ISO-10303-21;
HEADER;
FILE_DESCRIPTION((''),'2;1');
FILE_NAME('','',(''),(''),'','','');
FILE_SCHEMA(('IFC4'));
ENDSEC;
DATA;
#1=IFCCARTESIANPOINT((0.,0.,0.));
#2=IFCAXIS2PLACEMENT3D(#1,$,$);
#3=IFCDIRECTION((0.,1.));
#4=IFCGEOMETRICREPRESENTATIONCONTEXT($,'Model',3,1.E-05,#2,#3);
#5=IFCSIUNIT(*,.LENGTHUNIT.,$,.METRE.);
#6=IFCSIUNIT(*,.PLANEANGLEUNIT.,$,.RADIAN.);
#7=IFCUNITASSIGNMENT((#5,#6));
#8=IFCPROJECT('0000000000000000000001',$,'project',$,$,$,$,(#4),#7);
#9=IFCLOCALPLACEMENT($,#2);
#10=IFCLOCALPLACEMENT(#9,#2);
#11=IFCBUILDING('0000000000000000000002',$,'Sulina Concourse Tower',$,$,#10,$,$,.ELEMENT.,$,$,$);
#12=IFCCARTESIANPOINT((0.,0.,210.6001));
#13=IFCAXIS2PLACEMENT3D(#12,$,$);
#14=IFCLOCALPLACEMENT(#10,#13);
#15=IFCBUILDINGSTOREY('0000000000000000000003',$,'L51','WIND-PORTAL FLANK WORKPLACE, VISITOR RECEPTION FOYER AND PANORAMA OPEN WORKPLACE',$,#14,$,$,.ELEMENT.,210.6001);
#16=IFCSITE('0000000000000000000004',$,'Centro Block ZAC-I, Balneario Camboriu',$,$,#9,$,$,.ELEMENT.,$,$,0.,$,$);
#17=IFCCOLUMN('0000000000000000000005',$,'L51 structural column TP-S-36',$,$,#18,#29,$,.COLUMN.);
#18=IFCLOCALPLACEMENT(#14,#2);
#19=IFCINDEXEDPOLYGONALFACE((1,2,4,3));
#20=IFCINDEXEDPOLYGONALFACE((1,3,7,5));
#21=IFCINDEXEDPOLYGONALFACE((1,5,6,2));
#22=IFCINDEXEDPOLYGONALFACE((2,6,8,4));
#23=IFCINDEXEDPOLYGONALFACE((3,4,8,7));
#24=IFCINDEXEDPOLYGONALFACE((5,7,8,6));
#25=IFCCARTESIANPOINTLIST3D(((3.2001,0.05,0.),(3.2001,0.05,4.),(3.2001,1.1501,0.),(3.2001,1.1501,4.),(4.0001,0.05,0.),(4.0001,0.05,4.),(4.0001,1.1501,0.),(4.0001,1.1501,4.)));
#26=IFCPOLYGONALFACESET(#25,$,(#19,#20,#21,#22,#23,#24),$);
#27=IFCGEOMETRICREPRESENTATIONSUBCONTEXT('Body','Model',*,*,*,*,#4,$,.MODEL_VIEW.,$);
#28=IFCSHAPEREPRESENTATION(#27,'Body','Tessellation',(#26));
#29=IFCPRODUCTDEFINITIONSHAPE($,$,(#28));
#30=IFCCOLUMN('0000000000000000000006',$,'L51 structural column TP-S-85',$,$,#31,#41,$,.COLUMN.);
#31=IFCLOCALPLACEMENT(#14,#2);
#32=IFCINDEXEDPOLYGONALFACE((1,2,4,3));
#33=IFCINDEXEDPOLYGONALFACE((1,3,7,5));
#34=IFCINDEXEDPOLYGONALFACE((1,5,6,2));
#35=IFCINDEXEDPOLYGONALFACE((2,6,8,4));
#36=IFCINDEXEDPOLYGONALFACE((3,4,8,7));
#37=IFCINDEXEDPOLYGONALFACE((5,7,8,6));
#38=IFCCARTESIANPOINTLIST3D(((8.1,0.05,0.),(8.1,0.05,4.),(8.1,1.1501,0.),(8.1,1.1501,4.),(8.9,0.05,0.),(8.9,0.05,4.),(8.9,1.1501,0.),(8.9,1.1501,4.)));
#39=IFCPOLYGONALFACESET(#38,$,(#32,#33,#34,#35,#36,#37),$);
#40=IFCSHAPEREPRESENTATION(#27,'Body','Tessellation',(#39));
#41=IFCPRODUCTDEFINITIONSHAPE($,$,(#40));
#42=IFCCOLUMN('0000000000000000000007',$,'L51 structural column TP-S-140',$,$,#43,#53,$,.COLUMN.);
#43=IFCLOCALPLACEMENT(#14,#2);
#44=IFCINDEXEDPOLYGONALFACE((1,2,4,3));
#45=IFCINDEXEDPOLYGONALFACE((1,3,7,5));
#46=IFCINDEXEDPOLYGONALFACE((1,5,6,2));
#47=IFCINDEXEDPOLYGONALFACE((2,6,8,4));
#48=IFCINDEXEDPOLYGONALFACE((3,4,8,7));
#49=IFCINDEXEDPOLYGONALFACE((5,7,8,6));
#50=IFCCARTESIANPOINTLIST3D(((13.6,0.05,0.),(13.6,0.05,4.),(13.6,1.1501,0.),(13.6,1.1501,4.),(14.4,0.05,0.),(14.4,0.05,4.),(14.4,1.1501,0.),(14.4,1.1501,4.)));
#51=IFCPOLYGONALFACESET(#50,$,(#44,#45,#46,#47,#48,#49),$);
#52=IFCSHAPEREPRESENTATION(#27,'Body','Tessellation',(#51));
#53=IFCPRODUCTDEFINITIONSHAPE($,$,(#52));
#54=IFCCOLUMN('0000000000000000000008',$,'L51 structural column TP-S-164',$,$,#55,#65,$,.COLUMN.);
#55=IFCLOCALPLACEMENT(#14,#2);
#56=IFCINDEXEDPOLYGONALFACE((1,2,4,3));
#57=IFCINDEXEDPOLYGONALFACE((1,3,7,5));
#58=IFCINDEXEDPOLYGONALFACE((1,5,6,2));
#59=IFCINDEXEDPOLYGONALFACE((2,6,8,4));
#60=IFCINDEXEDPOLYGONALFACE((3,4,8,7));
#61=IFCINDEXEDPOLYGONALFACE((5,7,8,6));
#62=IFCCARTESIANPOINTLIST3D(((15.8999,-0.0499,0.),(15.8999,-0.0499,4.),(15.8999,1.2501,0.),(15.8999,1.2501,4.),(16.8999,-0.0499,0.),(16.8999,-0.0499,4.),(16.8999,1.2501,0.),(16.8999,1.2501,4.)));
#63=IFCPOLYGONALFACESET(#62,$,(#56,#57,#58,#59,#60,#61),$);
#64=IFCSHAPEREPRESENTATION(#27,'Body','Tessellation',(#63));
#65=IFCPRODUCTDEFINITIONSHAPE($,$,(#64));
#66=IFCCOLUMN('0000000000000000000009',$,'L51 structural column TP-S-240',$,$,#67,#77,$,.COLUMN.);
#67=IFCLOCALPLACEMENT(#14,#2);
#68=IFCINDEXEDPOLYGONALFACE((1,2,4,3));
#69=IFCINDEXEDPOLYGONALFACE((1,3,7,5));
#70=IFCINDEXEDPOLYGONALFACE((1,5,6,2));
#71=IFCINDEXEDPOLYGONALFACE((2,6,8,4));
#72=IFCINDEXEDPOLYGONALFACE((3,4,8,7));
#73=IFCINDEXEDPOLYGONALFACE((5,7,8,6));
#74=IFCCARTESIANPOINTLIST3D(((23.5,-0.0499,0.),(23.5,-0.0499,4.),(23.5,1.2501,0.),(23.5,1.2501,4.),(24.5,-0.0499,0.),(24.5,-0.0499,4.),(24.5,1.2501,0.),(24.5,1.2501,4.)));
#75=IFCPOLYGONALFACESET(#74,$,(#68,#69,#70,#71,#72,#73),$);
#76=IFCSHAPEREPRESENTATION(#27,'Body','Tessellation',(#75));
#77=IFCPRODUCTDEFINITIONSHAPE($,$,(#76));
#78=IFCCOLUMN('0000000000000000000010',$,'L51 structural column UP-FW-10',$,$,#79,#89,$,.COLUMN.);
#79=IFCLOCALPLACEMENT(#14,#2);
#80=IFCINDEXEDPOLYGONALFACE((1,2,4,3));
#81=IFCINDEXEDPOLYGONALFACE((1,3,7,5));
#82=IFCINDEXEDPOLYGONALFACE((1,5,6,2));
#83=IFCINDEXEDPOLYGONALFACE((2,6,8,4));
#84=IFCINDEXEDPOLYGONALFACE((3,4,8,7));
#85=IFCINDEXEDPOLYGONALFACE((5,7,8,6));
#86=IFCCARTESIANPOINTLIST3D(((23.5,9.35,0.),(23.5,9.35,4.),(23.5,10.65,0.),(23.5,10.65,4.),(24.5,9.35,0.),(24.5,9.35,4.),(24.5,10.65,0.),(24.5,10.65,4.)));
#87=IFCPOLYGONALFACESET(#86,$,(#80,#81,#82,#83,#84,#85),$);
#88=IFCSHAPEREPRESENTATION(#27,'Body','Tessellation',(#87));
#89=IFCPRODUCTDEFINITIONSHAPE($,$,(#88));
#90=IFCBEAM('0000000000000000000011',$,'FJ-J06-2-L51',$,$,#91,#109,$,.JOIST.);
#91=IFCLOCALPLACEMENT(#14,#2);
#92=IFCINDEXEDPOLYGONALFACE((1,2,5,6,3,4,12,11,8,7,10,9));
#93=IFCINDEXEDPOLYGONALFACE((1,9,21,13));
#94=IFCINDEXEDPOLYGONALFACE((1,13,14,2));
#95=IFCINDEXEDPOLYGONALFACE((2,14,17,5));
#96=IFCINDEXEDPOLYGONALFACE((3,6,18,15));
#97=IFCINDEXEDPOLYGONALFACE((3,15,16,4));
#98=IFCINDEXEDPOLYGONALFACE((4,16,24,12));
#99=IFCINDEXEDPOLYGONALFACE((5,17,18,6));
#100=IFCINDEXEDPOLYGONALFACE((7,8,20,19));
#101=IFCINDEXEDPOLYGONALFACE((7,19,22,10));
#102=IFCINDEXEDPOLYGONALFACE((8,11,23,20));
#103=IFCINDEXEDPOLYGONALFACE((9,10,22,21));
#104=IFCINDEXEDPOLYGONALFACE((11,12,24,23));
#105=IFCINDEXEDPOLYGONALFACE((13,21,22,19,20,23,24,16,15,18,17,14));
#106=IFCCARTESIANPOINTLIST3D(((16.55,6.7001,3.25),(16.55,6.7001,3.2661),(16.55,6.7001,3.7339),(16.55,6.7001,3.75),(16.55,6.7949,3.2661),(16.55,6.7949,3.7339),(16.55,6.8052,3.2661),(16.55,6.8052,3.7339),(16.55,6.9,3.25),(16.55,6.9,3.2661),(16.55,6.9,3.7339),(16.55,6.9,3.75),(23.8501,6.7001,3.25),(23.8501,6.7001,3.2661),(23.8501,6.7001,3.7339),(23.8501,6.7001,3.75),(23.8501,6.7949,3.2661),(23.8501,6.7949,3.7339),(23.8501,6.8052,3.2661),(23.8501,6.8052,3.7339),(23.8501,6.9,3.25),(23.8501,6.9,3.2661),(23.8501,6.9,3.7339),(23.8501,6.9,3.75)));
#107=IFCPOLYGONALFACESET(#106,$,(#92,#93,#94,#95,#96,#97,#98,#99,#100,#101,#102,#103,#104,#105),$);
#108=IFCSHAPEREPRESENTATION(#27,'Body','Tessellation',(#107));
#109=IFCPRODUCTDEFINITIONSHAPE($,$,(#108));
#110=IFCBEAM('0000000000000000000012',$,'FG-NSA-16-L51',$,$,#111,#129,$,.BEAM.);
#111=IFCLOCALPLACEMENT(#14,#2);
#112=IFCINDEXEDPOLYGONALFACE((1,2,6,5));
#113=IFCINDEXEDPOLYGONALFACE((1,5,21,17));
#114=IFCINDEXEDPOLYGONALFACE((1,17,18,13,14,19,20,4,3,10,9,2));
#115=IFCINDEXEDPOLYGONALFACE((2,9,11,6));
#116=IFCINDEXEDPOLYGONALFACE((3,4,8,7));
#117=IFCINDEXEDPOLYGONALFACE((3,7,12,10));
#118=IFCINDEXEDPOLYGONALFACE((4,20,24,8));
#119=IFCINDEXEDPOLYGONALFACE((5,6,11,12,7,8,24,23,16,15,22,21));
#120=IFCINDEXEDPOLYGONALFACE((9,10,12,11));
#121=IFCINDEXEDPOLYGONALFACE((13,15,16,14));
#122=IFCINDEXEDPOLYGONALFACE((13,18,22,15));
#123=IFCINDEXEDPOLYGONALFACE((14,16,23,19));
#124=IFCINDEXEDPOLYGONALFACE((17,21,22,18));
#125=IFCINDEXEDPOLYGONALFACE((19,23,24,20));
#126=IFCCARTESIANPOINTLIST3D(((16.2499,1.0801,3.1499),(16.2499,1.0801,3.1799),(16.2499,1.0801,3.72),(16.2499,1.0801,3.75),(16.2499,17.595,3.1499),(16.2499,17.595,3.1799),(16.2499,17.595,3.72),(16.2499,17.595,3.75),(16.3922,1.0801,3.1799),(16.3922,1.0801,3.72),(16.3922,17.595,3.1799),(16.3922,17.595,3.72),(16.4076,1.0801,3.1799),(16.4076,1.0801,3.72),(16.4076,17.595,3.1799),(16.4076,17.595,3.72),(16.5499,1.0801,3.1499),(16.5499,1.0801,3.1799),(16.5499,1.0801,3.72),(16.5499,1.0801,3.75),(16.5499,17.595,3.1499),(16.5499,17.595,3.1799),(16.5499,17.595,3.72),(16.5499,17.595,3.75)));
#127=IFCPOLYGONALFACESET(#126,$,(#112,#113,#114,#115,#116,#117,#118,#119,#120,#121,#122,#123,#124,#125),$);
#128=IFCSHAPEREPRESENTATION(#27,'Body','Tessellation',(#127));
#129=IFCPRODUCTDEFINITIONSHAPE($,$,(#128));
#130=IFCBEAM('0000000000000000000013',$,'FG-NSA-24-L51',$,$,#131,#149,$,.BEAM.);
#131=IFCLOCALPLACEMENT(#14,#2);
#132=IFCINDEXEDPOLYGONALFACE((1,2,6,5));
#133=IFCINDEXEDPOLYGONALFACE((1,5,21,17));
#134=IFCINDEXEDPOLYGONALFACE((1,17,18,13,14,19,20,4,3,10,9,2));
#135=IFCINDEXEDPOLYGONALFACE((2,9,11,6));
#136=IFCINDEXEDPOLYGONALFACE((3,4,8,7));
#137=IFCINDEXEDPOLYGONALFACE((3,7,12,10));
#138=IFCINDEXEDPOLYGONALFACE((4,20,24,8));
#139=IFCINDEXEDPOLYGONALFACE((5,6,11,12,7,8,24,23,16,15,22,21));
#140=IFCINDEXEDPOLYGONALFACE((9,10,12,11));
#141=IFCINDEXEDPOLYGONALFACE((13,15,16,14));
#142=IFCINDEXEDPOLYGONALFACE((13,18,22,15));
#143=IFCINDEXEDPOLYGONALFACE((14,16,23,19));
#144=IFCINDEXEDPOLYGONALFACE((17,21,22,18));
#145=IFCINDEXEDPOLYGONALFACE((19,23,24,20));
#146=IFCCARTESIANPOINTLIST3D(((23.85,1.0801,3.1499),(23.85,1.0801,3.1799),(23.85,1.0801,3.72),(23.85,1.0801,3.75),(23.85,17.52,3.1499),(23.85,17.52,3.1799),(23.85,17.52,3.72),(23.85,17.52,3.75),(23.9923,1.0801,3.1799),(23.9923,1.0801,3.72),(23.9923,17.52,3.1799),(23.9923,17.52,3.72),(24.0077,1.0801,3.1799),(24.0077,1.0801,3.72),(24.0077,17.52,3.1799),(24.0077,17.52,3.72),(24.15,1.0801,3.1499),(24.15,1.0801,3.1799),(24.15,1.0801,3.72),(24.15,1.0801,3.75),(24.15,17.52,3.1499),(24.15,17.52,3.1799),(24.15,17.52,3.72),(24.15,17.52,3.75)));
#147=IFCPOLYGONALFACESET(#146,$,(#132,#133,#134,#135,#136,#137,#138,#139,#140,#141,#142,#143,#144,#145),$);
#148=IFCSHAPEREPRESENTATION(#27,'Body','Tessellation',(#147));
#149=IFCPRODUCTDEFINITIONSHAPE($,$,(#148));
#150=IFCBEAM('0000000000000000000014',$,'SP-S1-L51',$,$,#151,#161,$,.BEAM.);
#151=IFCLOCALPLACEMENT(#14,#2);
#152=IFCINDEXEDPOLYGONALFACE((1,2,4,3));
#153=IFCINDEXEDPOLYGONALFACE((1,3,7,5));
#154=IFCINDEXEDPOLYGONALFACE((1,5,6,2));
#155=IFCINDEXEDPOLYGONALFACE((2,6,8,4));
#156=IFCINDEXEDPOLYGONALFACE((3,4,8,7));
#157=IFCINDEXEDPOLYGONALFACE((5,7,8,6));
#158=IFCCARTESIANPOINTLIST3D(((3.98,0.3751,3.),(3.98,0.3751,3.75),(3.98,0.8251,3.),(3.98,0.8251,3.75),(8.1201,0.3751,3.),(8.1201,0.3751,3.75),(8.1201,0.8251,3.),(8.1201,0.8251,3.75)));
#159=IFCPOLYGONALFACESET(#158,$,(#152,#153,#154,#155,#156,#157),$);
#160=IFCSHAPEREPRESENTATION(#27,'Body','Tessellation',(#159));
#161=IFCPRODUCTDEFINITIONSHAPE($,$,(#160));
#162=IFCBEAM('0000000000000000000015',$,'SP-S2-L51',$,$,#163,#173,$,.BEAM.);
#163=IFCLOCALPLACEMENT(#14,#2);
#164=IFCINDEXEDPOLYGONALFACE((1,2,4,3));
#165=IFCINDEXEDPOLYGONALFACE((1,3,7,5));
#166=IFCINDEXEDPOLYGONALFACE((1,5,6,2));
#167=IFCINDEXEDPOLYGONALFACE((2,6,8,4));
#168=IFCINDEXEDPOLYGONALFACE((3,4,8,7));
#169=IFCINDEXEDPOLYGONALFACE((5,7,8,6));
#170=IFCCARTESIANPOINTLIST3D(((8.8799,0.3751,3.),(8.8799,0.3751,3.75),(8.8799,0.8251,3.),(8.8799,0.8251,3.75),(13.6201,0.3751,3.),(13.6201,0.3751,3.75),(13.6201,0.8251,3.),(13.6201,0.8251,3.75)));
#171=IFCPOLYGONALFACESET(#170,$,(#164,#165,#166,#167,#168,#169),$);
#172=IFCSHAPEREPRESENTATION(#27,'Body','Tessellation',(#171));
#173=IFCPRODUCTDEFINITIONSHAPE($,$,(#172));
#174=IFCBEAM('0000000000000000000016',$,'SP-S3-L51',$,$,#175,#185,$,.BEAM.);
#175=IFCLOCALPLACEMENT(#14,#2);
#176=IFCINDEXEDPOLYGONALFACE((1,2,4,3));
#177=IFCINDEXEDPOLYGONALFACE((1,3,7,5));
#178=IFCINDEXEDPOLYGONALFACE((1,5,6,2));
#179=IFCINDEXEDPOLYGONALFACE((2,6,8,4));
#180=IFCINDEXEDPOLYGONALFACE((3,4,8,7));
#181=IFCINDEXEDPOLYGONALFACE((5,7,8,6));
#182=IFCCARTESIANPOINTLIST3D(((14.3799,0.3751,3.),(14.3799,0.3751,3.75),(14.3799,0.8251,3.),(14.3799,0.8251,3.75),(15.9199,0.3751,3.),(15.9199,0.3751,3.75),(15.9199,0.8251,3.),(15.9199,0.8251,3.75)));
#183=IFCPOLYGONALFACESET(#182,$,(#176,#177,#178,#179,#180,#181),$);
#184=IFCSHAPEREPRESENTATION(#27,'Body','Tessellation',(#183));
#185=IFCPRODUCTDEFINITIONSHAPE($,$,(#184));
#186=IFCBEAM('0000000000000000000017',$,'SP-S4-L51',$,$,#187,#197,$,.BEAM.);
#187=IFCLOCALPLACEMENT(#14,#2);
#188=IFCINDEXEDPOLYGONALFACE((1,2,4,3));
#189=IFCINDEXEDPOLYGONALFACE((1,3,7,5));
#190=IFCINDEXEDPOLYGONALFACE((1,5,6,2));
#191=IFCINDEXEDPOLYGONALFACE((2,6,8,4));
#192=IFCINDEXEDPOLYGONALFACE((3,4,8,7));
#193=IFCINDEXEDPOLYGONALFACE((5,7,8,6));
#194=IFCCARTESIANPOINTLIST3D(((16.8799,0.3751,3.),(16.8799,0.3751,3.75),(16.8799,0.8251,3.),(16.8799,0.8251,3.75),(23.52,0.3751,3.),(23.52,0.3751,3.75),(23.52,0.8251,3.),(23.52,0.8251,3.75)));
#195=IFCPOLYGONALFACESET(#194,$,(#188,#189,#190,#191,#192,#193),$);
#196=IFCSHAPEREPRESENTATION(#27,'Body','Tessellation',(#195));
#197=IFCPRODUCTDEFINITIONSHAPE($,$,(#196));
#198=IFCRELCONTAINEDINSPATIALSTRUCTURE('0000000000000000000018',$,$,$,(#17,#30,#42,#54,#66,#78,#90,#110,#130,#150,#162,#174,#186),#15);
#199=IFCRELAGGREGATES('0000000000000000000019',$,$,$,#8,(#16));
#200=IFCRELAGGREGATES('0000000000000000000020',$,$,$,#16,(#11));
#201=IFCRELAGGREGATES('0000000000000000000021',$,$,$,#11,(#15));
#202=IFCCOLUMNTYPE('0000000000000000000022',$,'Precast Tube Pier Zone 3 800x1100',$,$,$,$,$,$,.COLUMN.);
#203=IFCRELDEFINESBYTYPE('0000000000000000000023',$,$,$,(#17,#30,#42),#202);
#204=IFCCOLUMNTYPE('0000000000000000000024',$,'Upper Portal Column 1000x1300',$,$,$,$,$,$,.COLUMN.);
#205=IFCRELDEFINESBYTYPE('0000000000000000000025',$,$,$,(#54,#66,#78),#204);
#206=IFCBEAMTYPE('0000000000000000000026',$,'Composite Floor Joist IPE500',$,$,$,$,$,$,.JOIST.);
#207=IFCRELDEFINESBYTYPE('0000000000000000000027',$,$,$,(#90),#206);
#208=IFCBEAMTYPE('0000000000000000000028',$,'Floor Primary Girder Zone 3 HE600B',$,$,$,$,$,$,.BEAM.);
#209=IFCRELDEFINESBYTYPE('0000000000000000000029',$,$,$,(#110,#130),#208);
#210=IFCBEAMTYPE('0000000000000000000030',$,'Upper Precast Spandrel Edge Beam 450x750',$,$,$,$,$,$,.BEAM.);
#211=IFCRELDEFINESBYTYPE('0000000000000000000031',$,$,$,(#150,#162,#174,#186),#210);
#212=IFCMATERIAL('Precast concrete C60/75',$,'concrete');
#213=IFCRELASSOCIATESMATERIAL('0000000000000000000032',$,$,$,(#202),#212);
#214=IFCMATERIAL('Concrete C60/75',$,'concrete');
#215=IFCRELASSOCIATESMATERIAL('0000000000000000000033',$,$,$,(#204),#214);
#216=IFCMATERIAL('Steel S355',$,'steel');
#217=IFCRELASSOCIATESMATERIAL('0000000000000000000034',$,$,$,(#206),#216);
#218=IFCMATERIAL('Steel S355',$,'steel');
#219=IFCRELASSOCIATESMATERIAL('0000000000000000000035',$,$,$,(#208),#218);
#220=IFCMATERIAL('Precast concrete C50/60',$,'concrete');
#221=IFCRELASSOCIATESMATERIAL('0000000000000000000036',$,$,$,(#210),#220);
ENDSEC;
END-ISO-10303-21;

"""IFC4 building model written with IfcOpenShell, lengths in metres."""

from ifc_helpers import new_model, si_unit, direction, frame, origin, origin_2d, place, context, subcontext, project, spatial, rectangle, i_section, extrude, material, material_profile, profile_set, type_object, element, save


model = new_model("IFC4")

# Units and contexts
model_context = context("Model", 3, precision=1e-05, world=origin(), true_north=direction((0.0, 1.0)))
body_context = subcontext(model_context, "Body", "Model", "MODEL_VIEW")
ifc_project = project(units=[si_unit("LENGTHUNIT", "METRE"), si_unit("PLANEANGLEUNIT", "RADIAN")], contexts=[model_context])

# Site, building, storey
site_placement = place(None, origin())
site = spatial("IfcSite", under=ifc_project, at=site_placement, Name="Centro Block ZAC-I, Balneario Camboriu", CompositionType="ELEMENT", RefElevation=0.0)
building_placement = place(site_placement, origin())
building = spatial("IfcBuilding", under=site, at=building_placement, Name="Sulina Concourse Tower", CompositionType="ELEMENT")
storey_placement = place(building_placement, frame((0.0, 0.0, 210.6001)))
storey = spatial("IfcBuildingStorey", under=building, at=storey_placement, Name="L51", Description="WIND-PORTAL FLANK WORKPLACE, VISITOR RECEPTION FOYER AND PANORAMA OPEN WORKPLACE", CompositionType="ELEMENT", Elevation=210.6001)

# Columns
ifc_material_1 = material(Name="Precast concrete C60/75", Category="concrete")
ifc_material_profile_1 = material_profile(ifc_material_1, rectangle(XDim=0.8, YDim=1.1001, at=origin_2d()), Name="PC 800x1100")
ifc_profile_set_1 = profile_set([ifc_material_profile_1], Name="Precast concrete C60/75")
column_type_1 = type_object("IfcColumnType", Name="Precast Tube Pier Zone 3 800x1100", PredefinedType="COLUMN", material=ifc_profile_set_1)
for number, where, z_axis, x_axis, name in (
    (1, (3.6001, 0.6001, 0.0), (0.0, 0.0, 1.0), (1.0, 0.0, 0.0), "L51 structural column TP-S-36"),
    (2, (8.5, 0.6001, 0.0), (0.0, 0.0, 1.0), (1.0, 0.0, 0.0), "L51 structural column TP-S-85"),
    (3, (14.0, 0.6001, 0.0), (0.0, 0.0, 1.0), (1.0, 0.0, 0.0), "L51 structural column TP-S-140"),
):
    element("IfcColumn", number, at=place(storey_placement, frame(where, z_axis=z_axis, x_axis=x_axis)), inside=storey, type_object=column_type_1, Name=name, PredefinedType="COLUMN", context=body_context, shape_type="SweptSolid", body=[
        extrude(rectangle(XDim=0.8, YDim=1.1001, at=origin_2d()), origin(), (0.0, 0.0, 1.0), 4.0),
    ])
ifc_material_2 = material(Name="Concrete C60/75", Category="concrete")
ifc_material_profile_2 = material_profile(ifc_material_2, rectangle(XDim=1.0, YDim=1.3, at=origin_2d()), Name="RC 1000x1300")
ifc_profile_set_2 = profile_set([ifc_material_profile_2], Name="Concrete C60/75")
column_type_2 = type_object("IfcColumnType", Name="Upper Portal Column 1000x1300", PredefinedType="COLUMN", material=ifc_profile_set_2)
for number, where, z_axis, x_axis, name in (
    (4, (16.3999, 0.6001, 0.0), (0.0, 0.0, 1.0), (1.0, 0.0, 0.0), "L51 structural column TP-S-164"),
    (5, (24.0, 0.6001, 0.0), (0.0, 0.0, 1.0), (1.0, 0.0, 0.0), "L51 structural column TP-S-240"),
    (6, (24.0, 10.0, 0.0), (0.0, 0.0, 1.0), (1.0, 0.0, 0.0), "L51 structural column UP-FW-10"),
):
    element("IfcColumn", number, at=place(storey_placement, frame(where, z_axis=z_axis, x_axis=x_axis)), inside=storey, type_object=column_type_2, Name=name, PredefinedType="COLUMN", context=body_context, shape_type="SweptSolid", body=[
        extrude(rectangle(XDim=1.0, YDim=1.3, at=origin_2d()), origin(), (0.0, 0.0, 1.0), 4.0),
    ])

# Beams
ifc_material_3 = material(Name="Steel S355", Category="steel")
ifc_material_profile_3 = material_profile(ifc_material_3, i_section(OverallWidth=0.2, OverallDepth=0.5, WebThickness=0.0103, FlangeThickness=0.0161, at=origin_2d()), Name="IPE 500")
ifc_profile_set_3 = profile_set([ifc_material_profile_3], Name="Steel S355")
beam_type_1 = type_object("IfcBeamType", Name="Composite Floor Joist IPE500", PredefinedType="JOIST", material=ifc_profile_set_3)
beam_1_placement = place(storey_placement, frame((16.55, 6.8, 3.5), z_axis=(1.0, 0.0, 0.0), x_axis=(0.0, 1.0, 0.0)))
element("IfcBeam", 7, at=beam_1_placement, inside=storey, type_object=beam_type_1, Name="FJ-J06-2-L51", PredefinedType="JOIST", context=body_context, shape_type="SweptSolid", body=[
    extrude(i_section(OverallWidth=0.2, OverallDepth=0.5, WebThickness=0.0103, FlangeThickness=0.0161, at=origin_2d()), origin(), (0.0, 0.0, 1.0), 7.3),
])
ifc_material_4 = material(Name="Steel S355", Category="steel")
ifc_material_profile_4 = material_profile(ifc_material_4, i_section(OverallWidth=0.3, OverallDepth=0.6001, WebThickness=0.0154, FlangeThickness=0.03, at=origin_2d()), Name="HE 600 B")
ifc_profile_set_4 = profile_set([ifc_material_profile_4], Name="Steel S355")
beam_type_2 = type_object("IfcBeamType", Name="Floor Primary Girder Zone 3 HE600B", PredefinedType="BEAM", material=ifc_profile_set_4)
beam_2_placement = place(storey_placement, frame((16.3999, 1.0801, 3.45), z_axis=(0.0, 1.0, 0.0), x_axis=(-1.0, 0.0, 0.0)))
element("IfcBeam", 8, at=beam_2_placement, inside=storey, type_object=beam_type_2, Name="FG-NSA-16-L51", PredefinedType="BEAM", context=body_context, shape_type="SweptSolid", body=[
    extrude(i_section(OverallWidth=0.3, OverallDepth=0.6001, WebThickness=0.0154, FlangeThickness=0.03, at=origin_2d()), origin(), (0.0, 0.0, 1.0), 16.5149),
])
beam_3_placement = place(storey_placement, frame((24.0, 1.0801, 3.45), z_axis=(0.0, 1.0, 0.0), x_axis=(-1.0, 0.0, 0.0)))
element("IfcBeam", 9, at=beam_3_placement, inside=storey, type_object=beam_type_2, Name="FG-NSA-24-L51", PredefinedType="BEAM", context=body_context, shape_type="SweptSolid", body=[
    extrude(i_section(OverallWidth=0.3, OverallDepth=0.6001, WebThickness=0.0154, FlangeThickness=0.03, at=origin_2d()), origin(), (0.0, 0.0, 1.0), 16.4399),
])
ifc_material_5 = material(Name="Precast concrete C50/60", Category="concrete")
ifc_material_profile_5 = material_profile(ifc_material_5, rectangle(XDim=0.45, YDim=0.75, at=origin_2d()), Name="RC 450x750")
ifc_profile_set_5 = profile_set([ifc_material_profile_5], Name="Precast concrete C50/60")
beam_type_3 = type_object("IfcBeamType", Name="Upper Precast Spandrel Edge Beam 450x750", PredefinedType="BEAM", material=ifc_profile_set_5)
beam_4_placement = place(storey_placement, frame((3.98, 0.6001, 3.375), z_axis=(1.0, 0.0, 0.0), x_axis=(0.0, 1.0, 0.0)))
element("IfcBeam", 10, at=beam_4_placement, inside=storey, type_object=beam_type_3, Name="SP-S1-L51", PredefinedType="BEAM", context=body_context, shape_type="SweptSolid", body=[
    extrude(rectangle(XDim=0.45, YDim=0.75, at=origin_2d()), origin(), (0.0, 0.0, 1.0), 4.1401),
])
beam_5_placement = place(storey_placement, frame((8.8799, 0.6001, 3.375), z_axis=(1.0, 0.0, 0.0), x_axis=(0.0, 1.0, 0.0)))
element("IfcBeam", 11, at=beam_5_placement, inside=storey, type_object=beam_type_3, Name="SP-S2-L51", PredefinedType="BEAM", context=body_context, shape_type="SweptSolid", body=[
    extrude(rectangle(XDim=0.45, YDim=0.75, at=origin_2d()), origin(), (0.0, 0.0, 1.0), 4.7402),
])
beam_6_placement = place(storey_placement, frame((14.3799, 0.6001, 3.375), z_axis=(1.0, 0.0, 0.0), x_axis=(0.0, 1.0, 0.0)))
element("IfcBeam", 12, at=beam_6_placement, inside=storey, type_object=beam_type_3, Name="SP-S3-L51", PredefinedType="BEAM", context=body_context, shape_type="SweptSolid", body=[
    extrude(rectangle(XDim=0.45, YDim=0.75, at=origin_2d()), origin(), (0.0, 0.0, 1.0), 1.54),
])
beam_7_placement = place(storey_placement, frame((16.8799, 0.6001, 3.375), z_axis=(1.0, 0.0, 0.0), x_axis=(0.0, 1.0, 0.0)))
element("IfcBeam", 13, at=beam_7_placement, inside=storey, type_object=beam_type_3, Name="SP-S4-L51", PredefinedType="BEAM", context=body_context, shape_type="SweptSolid", body=[
    extrude(rectangle(XDim=0.45, YDim=0.75, at=origin_2d()), origin(), (0.0, 0.0, 1.0), 6.6401),
])

save(model, "model.ifc")
